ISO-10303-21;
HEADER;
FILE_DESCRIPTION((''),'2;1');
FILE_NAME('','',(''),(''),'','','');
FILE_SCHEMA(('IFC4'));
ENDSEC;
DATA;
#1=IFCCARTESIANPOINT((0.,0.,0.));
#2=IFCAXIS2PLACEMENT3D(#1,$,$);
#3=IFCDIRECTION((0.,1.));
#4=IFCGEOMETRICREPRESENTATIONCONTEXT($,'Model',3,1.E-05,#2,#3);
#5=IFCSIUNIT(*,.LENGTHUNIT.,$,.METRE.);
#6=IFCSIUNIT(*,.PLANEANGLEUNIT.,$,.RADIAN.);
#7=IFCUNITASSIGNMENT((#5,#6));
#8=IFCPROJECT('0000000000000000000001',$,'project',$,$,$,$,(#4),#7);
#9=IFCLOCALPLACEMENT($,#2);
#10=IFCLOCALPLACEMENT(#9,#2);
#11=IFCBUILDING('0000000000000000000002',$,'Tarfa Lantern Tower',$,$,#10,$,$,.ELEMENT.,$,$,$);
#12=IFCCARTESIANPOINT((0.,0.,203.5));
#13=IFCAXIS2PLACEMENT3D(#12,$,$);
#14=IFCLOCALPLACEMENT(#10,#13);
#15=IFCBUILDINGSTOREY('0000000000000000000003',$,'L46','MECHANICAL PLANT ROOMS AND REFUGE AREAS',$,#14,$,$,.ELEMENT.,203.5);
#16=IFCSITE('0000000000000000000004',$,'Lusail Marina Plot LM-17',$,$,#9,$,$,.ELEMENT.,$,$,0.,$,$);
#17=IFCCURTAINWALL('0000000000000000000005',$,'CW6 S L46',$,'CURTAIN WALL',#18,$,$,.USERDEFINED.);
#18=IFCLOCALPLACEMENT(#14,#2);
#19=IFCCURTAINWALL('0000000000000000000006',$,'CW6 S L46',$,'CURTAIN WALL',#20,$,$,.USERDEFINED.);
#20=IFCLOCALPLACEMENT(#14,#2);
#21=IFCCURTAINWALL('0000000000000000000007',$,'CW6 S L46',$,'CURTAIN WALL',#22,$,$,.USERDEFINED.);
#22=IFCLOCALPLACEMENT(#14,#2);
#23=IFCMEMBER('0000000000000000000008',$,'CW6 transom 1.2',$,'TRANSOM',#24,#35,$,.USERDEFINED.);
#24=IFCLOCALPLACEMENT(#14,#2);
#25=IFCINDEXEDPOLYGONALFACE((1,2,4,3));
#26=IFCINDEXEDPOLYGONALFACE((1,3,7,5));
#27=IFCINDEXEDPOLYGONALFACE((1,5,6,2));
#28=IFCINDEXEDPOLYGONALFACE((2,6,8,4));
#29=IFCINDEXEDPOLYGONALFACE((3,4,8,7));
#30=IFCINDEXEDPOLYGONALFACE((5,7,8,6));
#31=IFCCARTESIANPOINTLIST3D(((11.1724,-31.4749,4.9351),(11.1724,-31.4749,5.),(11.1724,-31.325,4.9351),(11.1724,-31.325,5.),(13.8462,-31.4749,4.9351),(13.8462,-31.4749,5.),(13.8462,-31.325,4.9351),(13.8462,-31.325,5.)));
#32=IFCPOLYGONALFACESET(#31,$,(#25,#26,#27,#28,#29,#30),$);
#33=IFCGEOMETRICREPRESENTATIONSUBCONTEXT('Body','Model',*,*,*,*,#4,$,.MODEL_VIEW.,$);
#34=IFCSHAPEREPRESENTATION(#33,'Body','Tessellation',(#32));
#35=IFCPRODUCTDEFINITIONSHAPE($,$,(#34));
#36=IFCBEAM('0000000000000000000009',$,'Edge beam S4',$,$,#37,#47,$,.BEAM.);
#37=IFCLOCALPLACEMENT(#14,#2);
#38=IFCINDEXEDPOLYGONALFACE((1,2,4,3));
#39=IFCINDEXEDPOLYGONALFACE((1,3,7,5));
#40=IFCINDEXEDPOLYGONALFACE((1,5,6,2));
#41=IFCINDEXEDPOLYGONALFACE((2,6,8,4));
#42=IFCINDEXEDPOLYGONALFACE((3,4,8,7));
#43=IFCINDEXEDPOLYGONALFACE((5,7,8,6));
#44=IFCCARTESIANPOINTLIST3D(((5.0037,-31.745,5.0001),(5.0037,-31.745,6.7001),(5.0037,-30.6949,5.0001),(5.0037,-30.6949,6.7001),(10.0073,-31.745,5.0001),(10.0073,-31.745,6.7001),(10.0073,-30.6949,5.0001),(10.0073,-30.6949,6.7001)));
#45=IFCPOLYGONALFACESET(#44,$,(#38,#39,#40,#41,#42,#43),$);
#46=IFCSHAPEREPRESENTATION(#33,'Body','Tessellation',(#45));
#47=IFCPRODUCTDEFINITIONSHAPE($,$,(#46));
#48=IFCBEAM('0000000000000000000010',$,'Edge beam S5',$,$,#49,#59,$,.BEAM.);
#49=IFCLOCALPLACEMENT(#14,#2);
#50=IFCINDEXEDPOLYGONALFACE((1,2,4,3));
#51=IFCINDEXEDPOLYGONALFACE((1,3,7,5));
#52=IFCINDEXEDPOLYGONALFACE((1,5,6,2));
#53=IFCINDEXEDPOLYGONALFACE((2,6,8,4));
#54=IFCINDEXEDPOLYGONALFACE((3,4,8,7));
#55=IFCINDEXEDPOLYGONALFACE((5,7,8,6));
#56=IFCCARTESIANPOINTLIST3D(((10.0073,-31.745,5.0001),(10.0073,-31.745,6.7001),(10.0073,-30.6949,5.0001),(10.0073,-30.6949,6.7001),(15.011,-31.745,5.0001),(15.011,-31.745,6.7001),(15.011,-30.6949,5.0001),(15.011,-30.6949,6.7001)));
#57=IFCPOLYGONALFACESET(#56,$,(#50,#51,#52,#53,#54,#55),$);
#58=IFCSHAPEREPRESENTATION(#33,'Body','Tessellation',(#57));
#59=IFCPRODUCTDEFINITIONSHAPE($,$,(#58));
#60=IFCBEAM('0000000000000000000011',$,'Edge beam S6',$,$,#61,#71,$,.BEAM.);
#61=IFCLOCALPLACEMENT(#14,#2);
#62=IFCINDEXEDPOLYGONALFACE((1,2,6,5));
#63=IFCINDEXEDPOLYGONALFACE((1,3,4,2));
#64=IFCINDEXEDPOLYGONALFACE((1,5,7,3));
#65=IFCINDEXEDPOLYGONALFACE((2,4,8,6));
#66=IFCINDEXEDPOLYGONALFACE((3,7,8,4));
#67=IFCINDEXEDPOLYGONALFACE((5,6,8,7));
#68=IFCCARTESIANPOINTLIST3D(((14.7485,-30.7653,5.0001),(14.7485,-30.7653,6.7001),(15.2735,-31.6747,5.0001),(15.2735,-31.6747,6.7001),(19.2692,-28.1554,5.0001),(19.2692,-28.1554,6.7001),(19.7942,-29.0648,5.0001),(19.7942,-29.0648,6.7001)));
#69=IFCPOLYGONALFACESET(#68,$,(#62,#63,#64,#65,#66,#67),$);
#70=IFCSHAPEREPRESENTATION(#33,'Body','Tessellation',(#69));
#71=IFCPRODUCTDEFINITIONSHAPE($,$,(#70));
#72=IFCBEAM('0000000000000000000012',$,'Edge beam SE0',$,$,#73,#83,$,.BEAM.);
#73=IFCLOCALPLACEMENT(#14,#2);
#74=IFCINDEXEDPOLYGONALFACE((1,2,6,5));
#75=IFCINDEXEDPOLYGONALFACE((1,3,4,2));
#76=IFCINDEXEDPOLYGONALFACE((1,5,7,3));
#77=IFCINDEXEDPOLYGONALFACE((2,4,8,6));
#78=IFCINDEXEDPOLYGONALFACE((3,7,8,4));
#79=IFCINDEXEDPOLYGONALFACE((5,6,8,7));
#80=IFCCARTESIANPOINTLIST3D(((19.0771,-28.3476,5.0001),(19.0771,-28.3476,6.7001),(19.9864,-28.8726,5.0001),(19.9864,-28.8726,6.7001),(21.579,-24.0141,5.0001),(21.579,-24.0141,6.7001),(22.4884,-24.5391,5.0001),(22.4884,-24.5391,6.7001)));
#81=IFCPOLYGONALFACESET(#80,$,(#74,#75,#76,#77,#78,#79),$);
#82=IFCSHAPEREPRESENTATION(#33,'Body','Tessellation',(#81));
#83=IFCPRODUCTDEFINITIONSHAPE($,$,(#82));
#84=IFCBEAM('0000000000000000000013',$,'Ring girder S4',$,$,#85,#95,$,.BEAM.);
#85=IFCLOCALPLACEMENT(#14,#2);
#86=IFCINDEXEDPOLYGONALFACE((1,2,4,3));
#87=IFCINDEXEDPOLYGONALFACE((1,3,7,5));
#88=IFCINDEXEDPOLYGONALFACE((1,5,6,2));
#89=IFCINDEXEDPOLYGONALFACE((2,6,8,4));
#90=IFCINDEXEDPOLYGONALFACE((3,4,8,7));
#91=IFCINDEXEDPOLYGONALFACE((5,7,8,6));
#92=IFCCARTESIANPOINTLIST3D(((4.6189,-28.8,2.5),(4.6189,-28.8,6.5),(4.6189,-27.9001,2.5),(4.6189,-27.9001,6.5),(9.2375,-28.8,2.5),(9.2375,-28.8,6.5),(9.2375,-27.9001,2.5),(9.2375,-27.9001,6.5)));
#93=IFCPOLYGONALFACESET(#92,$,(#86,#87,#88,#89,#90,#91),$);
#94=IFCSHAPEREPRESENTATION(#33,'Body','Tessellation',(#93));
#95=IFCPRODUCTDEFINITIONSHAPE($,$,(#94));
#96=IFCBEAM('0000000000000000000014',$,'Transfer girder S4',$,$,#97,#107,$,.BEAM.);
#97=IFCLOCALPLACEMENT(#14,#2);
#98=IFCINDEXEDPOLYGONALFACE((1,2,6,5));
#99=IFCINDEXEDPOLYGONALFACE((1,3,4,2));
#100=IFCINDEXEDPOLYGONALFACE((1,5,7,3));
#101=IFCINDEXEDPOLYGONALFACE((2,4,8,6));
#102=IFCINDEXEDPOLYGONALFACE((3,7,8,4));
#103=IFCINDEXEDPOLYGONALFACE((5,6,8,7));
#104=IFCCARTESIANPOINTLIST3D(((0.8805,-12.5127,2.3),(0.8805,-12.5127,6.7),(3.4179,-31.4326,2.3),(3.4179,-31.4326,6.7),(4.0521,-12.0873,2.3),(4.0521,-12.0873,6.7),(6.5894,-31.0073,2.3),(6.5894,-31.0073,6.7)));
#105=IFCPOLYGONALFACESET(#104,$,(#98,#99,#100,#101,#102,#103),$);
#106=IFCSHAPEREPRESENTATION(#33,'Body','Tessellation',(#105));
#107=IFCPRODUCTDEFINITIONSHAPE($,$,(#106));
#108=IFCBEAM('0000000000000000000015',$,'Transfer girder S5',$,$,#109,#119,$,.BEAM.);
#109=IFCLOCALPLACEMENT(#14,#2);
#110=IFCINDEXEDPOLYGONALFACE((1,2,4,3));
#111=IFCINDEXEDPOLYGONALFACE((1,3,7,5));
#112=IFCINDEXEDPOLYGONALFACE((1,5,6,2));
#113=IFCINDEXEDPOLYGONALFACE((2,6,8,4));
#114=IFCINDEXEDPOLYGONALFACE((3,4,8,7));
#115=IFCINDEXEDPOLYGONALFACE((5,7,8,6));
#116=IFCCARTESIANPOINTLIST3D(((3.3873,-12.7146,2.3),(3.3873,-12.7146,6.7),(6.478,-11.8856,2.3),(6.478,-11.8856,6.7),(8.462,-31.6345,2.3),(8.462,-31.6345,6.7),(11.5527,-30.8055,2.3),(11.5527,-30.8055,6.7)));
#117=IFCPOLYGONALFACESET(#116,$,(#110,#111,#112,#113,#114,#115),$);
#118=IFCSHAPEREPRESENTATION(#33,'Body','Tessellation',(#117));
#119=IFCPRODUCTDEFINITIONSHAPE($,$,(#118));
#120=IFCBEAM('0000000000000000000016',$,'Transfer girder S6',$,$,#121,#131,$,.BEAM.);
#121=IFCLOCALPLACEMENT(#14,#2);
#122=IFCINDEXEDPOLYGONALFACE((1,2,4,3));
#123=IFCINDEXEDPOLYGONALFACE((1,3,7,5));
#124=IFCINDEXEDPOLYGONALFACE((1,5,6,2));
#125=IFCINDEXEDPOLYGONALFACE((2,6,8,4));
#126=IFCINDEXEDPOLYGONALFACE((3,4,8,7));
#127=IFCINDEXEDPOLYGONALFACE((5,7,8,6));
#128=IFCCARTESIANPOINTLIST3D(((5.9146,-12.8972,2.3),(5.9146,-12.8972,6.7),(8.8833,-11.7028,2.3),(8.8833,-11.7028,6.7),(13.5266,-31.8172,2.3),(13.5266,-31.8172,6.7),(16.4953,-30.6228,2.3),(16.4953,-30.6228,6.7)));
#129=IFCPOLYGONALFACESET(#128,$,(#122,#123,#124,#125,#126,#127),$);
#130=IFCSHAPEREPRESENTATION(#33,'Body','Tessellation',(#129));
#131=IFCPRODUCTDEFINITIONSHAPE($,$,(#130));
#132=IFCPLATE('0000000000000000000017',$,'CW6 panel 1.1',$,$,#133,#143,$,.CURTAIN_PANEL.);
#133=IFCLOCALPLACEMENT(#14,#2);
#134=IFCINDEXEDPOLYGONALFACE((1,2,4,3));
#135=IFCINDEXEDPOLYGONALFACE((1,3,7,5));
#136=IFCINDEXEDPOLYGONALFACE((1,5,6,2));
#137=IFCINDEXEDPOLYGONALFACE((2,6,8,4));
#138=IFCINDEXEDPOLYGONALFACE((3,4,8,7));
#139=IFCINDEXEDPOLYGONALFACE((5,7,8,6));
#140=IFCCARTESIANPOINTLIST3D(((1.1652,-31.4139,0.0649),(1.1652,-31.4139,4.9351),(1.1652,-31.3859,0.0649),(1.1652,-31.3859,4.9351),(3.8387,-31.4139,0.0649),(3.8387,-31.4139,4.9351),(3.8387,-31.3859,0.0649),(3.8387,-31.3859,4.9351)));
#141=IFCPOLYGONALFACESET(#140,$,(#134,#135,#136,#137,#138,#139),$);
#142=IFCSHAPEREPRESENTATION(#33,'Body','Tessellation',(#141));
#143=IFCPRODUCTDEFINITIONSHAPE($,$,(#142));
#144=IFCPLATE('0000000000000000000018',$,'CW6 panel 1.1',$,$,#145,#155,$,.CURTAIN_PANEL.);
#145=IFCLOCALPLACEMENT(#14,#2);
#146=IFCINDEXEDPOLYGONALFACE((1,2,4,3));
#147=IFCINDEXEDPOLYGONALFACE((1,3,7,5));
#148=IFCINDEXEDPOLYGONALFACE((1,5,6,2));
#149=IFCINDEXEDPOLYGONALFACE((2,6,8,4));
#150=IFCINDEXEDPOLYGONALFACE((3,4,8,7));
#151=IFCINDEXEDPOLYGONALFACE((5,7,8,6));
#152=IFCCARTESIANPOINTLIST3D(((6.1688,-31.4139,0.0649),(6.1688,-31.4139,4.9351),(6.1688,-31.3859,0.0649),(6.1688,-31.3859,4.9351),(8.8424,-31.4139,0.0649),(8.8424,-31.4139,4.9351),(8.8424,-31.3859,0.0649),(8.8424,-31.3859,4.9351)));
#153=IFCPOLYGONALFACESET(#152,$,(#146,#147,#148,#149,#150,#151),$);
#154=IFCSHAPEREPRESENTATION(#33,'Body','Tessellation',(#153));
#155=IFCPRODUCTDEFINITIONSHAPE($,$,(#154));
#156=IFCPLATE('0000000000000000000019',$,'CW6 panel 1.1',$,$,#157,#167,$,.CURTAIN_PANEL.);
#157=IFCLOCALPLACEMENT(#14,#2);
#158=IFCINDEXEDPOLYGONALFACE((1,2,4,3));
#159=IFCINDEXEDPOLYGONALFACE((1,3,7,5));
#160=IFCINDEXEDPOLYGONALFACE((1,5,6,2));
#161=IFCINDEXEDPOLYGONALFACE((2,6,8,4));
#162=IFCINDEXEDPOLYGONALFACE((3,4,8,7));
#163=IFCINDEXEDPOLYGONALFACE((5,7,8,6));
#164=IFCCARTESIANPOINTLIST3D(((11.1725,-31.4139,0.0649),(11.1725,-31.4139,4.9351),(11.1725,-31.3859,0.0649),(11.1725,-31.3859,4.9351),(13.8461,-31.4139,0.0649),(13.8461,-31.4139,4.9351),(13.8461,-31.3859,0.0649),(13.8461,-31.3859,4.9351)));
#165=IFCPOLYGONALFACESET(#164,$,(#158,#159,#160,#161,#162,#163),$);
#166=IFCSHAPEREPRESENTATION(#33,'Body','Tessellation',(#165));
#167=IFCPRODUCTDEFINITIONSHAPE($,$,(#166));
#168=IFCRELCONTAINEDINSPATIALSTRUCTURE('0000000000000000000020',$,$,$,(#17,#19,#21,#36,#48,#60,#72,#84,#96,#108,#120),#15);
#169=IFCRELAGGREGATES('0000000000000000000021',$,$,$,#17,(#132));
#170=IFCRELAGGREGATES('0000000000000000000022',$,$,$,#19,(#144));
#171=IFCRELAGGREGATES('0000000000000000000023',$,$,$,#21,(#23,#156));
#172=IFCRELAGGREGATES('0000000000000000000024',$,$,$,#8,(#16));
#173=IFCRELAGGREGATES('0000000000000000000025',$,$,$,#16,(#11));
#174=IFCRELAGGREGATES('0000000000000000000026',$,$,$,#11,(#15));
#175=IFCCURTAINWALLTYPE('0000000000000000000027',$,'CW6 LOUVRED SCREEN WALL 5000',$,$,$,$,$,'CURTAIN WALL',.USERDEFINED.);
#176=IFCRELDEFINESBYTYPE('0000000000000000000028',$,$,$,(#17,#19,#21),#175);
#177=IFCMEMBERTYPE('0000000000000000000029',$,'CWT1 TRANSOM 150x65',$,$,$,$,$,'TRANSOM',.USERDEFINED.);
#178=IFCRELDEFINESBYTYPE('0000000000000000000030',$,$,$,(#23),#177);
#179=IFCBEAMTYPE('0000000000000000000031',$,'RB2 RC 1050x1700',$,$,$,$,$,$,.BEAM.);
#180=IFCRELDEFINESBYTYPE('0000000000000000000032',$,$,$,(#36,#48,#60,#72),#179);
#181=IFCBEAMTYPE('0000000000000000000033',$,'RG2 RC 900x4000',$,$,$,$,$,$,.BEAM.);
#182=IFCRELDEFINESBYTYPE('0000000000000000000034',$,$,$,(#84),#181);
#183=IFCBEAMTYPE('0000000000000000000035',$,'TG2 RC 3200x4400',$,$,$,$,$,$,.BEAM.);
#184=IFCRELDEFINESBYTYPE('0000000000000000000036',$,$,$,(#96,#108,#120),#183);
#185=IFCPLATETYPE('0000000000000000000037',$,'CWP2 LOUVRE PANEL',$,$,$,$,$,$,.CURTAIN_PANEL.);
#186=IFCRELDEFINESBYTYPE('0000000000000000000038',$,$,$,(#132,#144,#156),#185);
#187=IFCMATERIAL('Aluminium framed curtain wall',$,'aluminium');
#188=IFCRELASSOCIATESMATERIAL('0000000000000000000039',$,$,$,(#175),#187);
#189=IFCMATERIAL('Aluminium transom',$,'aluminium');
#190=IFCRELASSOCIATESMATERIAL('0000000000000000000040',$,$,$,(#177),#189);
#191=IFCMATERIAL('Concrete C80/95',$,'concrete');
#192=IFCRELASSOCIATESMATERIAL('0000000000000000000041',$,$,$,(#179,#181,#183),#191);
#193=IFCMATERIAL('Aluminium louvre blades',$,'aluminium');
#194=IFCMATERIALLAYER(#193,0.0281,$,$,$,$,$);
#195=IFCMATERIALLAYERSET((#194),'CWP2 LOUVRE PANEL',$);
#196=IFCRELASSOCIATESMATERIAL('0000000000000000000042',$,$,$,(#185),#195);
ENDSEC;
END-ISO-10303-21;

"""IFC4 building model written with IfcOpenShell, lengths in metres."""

from ifc_helpers import new_model, si_unit, direction, frame, origin, origin_2d, place, context, subcontext, project, spatial, rectangle, extrude, material, layer, layer_set, material_profile, profile_set, type_object, element, aggregate, save


model = new_model("IFC4")

# Units and contexts
model_context = context("Model", 3, precision=1e-05, world=origin(), true_north=direction((0.0, 1.0)))
body_context = subcontext(model_context, "Body", "Model", "MODEL_VIEW")
ifc_project = project(units=[si_unit("LENGTHUNIT", "METRE"), si_unit("PLANEANGLEUNIT", "RADIAN")], contexts=[model_context])

# Site, building, storey
site_placement = place(None, origin())
site = spatial("IfcSite", under=ifc_project, at=site_placement, Name="Lusail Marina Plot LM-17", CompositionType="ELEMENT", RefElevation=0.0)
building_placement = place(site_placement, origin())
building = spatial("IfcBuilding", under=site, at=building_placement, Name="Tarfa Lantern Tower", CompositionType="ELEMENT")
storey_placement = place(building_placement, frame((0.0, 0.0, 203.5)))
storey = spatial("IfcBuildingStorey", under=building, at=storey_placement, Name="L46", Description="MECHANICAL PLANT ROOMS AND REFUGE AREAS", CompositionType="ELEMENT", Elevation=203.5)

# Shared definitions
ifc_material_1 = material(Name="Concrete C80/95", Category="concrete")

# Curtain walls
ifc_material_2 = material(Name="Aluminium framed curtain wall", Category="aluminium")
curtain_wall_type = type_object("IfcCurtainWallType", Name="CW6 LOUVRED SCREEN WALL 5000", ElementType="CURTAIN WALL", PredefinedType="USERDEFINED", material=ifc_material_2)
curtain_wall_1_placement = place(storey_placement, origin())
curtain_wall_1 = element("IfcCurtainWall", 1, at=curtain_wall_1_placement, inside=storey, type_object=curtain_wall_type, Name="CW6 S L46", ObjectType="CURTAIN WALL", PredefinedType="USERDEFINED")
curtain_wall_2_placement = place(storey_placement, origin())
curtain_wall_2 = element("IfcCurtainWall", 2, at=curtain_wall_2_placement, inside=storey, type_object=curtain_wall_type, Name="CW6 S L46", ObjectType="CURTAIN WALL", PredefinedType="USERDEFINED")
curtain_wall_3_placement = place(storey_placement, origin())
curtain_wall_3 = element("IfcCurtainWall", 3, at=curtain_wall_3_placement, inside=storey, type_object=curtain_wall_type, Name="CW6 S L46", ObjectType="CURTAIN WALL", PredefinedType="USERDEFINED")

# Member
ifc_material_3 = material(Name="Aluminium transom", Category="aluminium")
ifc_material_profile_1 = material_profile(ifc_material_3, rectangle(XDim=0.1499, YDim=0.0649, at=origin_2d()), Name="AL TRANSOM 150x65")
ifc_profile_set_1 = profile_set([ifc_material_profile_1], Name="Aluminium transom")
member_type_1 = type_object("IfcMemberType", Name="CWT1 TRANSOM 150x65", ElementType="TRANSOM", PredefinedType="USERDEFINED", material=ifc_profile_set_1)
member_1_placement = place(storey_placement, frame((11.1724, -31.3999, 4.9675), z_axis=(1.0, 0.0, 0.0), x_axis=(0.0, 1.0, 0.0)))
member_1 = element("IfcMember", 4, at=member_1_placement, type_object=member_type_1, Name="CW6 transom 1.2", ObjectType="TRANSOM", PredefinedType="USERDEFINED", context=body_context, shape_type="SweptSolid", body=[
    extrude(rectangle(XDim=0.1499, YDim=0.0649, at=origin_2d()), origin(), (0.0, 0.0, 1.0), 2.6738),
])

# Beams
ifc_material_profile_2 = material_profile(ifc_material_1, rectangle(XDim=1.05, YDim=1.7, at=origin_2d()), Name="RC 1050x1700")
ifc_profile_set_2 = profile_set([ifc_material_profile_2], Name="Concrete C80/95")
beam_type_1 = type_object("IfcBeamType", Name="RB2 RC 1050x1700", PredefinedType="BEAM", material=ifc_profile_set_2)
for number, where, z_axis, x_axis, name in (
    (5, (5.0037, -31.22, 5.8501), (1.0, 0.0, 0.0), (0.0, 1.0, 0.0), "Edge beam S4"),
    (6, (10.0073, -31.22, 5.8501), (1.0, 0.0, 0.0), (0.0, 1.0, 0.0), "Edge beam S5"),
):
    element("IfcBeam", number, at=place(storey_placement, frame(where, z_axis=z_axis, x_axis=x_axis)), inside=storey, type_object=beam_type_1, Name=name, PredefinedType="BEAM", context=body_context, shape_type="SweptSolid", body=[
        extrude(rectangle(XDim=1.05, YDim=1.7, at=origin_2d()), origin(), (0.0, 0.0, 1.0), 5.0037),
    ])
beam_1_placement = place(storey_placement, frame((15.011, -31.22, 5.8501), z_axis=(0.866042, 0.499972, 0.0), x_axis=(-0.499972, 0.866042, 0.0)))
element("IfcBeam", 7, at=beam_1_placement, inside=storey, type_object=beam_type_1, Name="Edge beam S6", PredefinedType="BEAM", context=body_context, shape_type="SweptSolid", body=[
    extrude(rectangle(XDim=1.05, YDim=1.7, at=origin_2d()), origin(), (0.0, 0.0, 1.0), 5.22),
])
beam_2_placement = place(storey_placement, frame((19.5317, -28.6101, 5.8501), z_axis=(0.500001, 0.866025, 0.0), x_axis=(-0.866025, 0.500001, 0.0)))
element("IfcBeam", 8, at=beam_2_placement, inside=storey, type_object=beam_type_1, Name="Edge beam SE0", PredefinedType="BEAM", context=body_context, shape_type="SweptSolid", body=[
    extrude(rectangle(XDim=1.05, YDim=1.7, at=origin_2d()), origin(), (0.0, 0.0, 1.0), 5.0039),
])
ifc_material_profile_3 = material_profile(ifc_material_1, rectangle(XDim=0.8999, YDim=4.0, at=origin_2d()), Name="RC 900x4000")
ifc_profile_set_3 = profile_set([ifc_material_profile_3], Name="Concrete C80/95")
beam_type_2 = type_object("IfcBeamType", Name="RG2 RC 900x4000", PredefinedType="BEAM", material=ifc_profile_set_3)
beam_3_placement = place(storey_placement, frame((4.6189, -28.3501, 4.5), z_axis=(1.0, 0.0, 0.0), x_axis=(0.0, 1.0, 0.0)))
element("IfcBeam", 9, at=beam_3_placement, inside=storey, type_object=beam_type_2, Name="Ring girder S4", PredefinedType="BEAM", context=body_context, shape_type="SweptSolid", body=[
    extrude(rectangle(XDim=0.8999, YDim=4.0, at=origin_2d()), origin(), (0.0, 0.0, 1.0), 4.6187),
])
ifc_material_profile_4 = material_profile(ifc_material_1, rectangle(XDim=3.2, YDim=4.3999, at=origin_2d()), Name="RC 3200x4400")
ifc_profile_set_4 = profile_set([ifc_material_profile_4], Name="Concrete C80/95")
beam_type_3 = type_object("IfcBeamType", Name="TG2 RC 3200x4400", PredefinedType="BEAM", material=ifc_profile_set_4)
beam_4_placement = place(storey_placement, frame((5.0037, -31.22, 4.5), z_axis=(-0.13292, 0.991127, 0.0), x_axis=(-0.991127, -0.13292, 0.0)))
element("IfcBeam", 10, at=beam_4_placement, inside=storey, type_object=beam_type_3, Name="Transfer girder S4", PredefinedType="BEAM", context=body_context, shape_type="SweptSolid", body=[
    extrude(rectangle(XDim=3.2, YDim=4.3999, at=origin_2d()), origin(), (0.0, 0.0, 1.0), 19.0894),
])
beam_5_placement = place(storey_placement, frame((10.0073, -31.22, 4.5), z_axis=(-0.259063, 0.96586, 0.0), x_axis=(-0.96586, -0.259063, 0.0)))
element("IfcBeam", 11, at=beam_5_placement, inside=storey, type_object=beam_type_3, Name="Transfer girder S5", PredefinedType="BEAM", context=body_context, shape_type="SweptSolid", body=[
    extrude(rectangle(XDim=3.2, YDim=4.3999, at=origin_2d()), origin(), (0.0, 0.0, 1.0), 19.5886),
])
beam_6_placement = place(storey_placement, frame((15.011, -31.22, 4.5), z_axis=(-0.373254, 0.927729, 0.0), x_axis=(-0.927729, -0.373254, 0.0)))
element("IfcBeam", 12, at=beam_6_placement, inside=storey, type_object=beam_type_3, Name="Transfer girder S6", PredefinedType="BEAM", context=body_context, shape_type="SweptSolid", body=[
    extrude(rectangle(XDim=3.2, YDim=4.3999, at=origin_2d()), origin(), (0.0, 0.0, 1.0), 20.3938),
])

# Plates
ifc_material_4 = material(Name="Aluminium louvre blades", Category="aluminium")
ifc_layer = layer(ifc_material_4, 0.0281)
ifc_layer_set = layer_set([ifc_layer], Name="CWP2 LOUVRE PANEL")
plate_type = type_object("IfcPlateType", Name="CWP2 LOUVRE PANEL", PredefinedType="CURTAIN_PANEL", material=ifc_layer_set)
plate_1_placement = place(storey_placement, frame((2.502, -31.3999, 0.0649), z_axis=(0.0, 0.0, 1.0), x_axis=(1.0, 0.0, 0.0)))
plate_1 = element("IfcPlate", 13, at=plate_1_placement, type_object=plate_type, Name="CW6 panel 1.1", PredefinedType="CURTAIN_PANEL", context=body_context, shape_type="SweptSolid", body=[
    extrude(rectangle(XDim=2.6736, YDim=0.0281, at=origin_2d()), origin(), (0.0, 0.0, 1.0), 4.8701),
])
aggregate(curtain_wall_1, [plate_1])
plate_2_placement = place(storey_placement, frame((7.5056, -31.3999, 0.0649), z_axis=(0.0, 0.0, 1.0), x_axis=(1.0, 0.0, 0.0)))
plate_2 = element("IfcPlate", 14, at=plate_2_placement, type_object=plate_type, Name="CW6 panel 1.1", PredefinedType="CURTAIN_PANEL", context=body_context, shape_type="SweptSolid", body=[
    extrude(rectangle(XDim=2.6736, YDim=0.0281, at=origin_2d()), origin(), (0.0, 0.0, 1.0), 4.8701),
])
aggregate(curtain_wall_2, [plate_2])
plate_3_placement = place(storey_placement, frame((12.5093, -31.3999, 0.0649), z_axis=(0.0, 0.0, 1.0), x_axis=(1.0, 0.0, 0.0)))
plate_3 = element("IfcPlate", 15, at=plate_3_placement, type_object=plate_type, Name="CW6 panel 1.1", PredefinedType="CURTAIN_PANEL", context=body_context, shape_type="SweptSolid", body=[
    extrude(rectangle(XDim=2.6736, YDim=0.0281, at=origin_2d()), origin(), (0.0, 0.0, 1.0), 4.8701),
])
aggregate(curtain_wall_3, [member_1, plate_3])

save(model, "model.ifc")
